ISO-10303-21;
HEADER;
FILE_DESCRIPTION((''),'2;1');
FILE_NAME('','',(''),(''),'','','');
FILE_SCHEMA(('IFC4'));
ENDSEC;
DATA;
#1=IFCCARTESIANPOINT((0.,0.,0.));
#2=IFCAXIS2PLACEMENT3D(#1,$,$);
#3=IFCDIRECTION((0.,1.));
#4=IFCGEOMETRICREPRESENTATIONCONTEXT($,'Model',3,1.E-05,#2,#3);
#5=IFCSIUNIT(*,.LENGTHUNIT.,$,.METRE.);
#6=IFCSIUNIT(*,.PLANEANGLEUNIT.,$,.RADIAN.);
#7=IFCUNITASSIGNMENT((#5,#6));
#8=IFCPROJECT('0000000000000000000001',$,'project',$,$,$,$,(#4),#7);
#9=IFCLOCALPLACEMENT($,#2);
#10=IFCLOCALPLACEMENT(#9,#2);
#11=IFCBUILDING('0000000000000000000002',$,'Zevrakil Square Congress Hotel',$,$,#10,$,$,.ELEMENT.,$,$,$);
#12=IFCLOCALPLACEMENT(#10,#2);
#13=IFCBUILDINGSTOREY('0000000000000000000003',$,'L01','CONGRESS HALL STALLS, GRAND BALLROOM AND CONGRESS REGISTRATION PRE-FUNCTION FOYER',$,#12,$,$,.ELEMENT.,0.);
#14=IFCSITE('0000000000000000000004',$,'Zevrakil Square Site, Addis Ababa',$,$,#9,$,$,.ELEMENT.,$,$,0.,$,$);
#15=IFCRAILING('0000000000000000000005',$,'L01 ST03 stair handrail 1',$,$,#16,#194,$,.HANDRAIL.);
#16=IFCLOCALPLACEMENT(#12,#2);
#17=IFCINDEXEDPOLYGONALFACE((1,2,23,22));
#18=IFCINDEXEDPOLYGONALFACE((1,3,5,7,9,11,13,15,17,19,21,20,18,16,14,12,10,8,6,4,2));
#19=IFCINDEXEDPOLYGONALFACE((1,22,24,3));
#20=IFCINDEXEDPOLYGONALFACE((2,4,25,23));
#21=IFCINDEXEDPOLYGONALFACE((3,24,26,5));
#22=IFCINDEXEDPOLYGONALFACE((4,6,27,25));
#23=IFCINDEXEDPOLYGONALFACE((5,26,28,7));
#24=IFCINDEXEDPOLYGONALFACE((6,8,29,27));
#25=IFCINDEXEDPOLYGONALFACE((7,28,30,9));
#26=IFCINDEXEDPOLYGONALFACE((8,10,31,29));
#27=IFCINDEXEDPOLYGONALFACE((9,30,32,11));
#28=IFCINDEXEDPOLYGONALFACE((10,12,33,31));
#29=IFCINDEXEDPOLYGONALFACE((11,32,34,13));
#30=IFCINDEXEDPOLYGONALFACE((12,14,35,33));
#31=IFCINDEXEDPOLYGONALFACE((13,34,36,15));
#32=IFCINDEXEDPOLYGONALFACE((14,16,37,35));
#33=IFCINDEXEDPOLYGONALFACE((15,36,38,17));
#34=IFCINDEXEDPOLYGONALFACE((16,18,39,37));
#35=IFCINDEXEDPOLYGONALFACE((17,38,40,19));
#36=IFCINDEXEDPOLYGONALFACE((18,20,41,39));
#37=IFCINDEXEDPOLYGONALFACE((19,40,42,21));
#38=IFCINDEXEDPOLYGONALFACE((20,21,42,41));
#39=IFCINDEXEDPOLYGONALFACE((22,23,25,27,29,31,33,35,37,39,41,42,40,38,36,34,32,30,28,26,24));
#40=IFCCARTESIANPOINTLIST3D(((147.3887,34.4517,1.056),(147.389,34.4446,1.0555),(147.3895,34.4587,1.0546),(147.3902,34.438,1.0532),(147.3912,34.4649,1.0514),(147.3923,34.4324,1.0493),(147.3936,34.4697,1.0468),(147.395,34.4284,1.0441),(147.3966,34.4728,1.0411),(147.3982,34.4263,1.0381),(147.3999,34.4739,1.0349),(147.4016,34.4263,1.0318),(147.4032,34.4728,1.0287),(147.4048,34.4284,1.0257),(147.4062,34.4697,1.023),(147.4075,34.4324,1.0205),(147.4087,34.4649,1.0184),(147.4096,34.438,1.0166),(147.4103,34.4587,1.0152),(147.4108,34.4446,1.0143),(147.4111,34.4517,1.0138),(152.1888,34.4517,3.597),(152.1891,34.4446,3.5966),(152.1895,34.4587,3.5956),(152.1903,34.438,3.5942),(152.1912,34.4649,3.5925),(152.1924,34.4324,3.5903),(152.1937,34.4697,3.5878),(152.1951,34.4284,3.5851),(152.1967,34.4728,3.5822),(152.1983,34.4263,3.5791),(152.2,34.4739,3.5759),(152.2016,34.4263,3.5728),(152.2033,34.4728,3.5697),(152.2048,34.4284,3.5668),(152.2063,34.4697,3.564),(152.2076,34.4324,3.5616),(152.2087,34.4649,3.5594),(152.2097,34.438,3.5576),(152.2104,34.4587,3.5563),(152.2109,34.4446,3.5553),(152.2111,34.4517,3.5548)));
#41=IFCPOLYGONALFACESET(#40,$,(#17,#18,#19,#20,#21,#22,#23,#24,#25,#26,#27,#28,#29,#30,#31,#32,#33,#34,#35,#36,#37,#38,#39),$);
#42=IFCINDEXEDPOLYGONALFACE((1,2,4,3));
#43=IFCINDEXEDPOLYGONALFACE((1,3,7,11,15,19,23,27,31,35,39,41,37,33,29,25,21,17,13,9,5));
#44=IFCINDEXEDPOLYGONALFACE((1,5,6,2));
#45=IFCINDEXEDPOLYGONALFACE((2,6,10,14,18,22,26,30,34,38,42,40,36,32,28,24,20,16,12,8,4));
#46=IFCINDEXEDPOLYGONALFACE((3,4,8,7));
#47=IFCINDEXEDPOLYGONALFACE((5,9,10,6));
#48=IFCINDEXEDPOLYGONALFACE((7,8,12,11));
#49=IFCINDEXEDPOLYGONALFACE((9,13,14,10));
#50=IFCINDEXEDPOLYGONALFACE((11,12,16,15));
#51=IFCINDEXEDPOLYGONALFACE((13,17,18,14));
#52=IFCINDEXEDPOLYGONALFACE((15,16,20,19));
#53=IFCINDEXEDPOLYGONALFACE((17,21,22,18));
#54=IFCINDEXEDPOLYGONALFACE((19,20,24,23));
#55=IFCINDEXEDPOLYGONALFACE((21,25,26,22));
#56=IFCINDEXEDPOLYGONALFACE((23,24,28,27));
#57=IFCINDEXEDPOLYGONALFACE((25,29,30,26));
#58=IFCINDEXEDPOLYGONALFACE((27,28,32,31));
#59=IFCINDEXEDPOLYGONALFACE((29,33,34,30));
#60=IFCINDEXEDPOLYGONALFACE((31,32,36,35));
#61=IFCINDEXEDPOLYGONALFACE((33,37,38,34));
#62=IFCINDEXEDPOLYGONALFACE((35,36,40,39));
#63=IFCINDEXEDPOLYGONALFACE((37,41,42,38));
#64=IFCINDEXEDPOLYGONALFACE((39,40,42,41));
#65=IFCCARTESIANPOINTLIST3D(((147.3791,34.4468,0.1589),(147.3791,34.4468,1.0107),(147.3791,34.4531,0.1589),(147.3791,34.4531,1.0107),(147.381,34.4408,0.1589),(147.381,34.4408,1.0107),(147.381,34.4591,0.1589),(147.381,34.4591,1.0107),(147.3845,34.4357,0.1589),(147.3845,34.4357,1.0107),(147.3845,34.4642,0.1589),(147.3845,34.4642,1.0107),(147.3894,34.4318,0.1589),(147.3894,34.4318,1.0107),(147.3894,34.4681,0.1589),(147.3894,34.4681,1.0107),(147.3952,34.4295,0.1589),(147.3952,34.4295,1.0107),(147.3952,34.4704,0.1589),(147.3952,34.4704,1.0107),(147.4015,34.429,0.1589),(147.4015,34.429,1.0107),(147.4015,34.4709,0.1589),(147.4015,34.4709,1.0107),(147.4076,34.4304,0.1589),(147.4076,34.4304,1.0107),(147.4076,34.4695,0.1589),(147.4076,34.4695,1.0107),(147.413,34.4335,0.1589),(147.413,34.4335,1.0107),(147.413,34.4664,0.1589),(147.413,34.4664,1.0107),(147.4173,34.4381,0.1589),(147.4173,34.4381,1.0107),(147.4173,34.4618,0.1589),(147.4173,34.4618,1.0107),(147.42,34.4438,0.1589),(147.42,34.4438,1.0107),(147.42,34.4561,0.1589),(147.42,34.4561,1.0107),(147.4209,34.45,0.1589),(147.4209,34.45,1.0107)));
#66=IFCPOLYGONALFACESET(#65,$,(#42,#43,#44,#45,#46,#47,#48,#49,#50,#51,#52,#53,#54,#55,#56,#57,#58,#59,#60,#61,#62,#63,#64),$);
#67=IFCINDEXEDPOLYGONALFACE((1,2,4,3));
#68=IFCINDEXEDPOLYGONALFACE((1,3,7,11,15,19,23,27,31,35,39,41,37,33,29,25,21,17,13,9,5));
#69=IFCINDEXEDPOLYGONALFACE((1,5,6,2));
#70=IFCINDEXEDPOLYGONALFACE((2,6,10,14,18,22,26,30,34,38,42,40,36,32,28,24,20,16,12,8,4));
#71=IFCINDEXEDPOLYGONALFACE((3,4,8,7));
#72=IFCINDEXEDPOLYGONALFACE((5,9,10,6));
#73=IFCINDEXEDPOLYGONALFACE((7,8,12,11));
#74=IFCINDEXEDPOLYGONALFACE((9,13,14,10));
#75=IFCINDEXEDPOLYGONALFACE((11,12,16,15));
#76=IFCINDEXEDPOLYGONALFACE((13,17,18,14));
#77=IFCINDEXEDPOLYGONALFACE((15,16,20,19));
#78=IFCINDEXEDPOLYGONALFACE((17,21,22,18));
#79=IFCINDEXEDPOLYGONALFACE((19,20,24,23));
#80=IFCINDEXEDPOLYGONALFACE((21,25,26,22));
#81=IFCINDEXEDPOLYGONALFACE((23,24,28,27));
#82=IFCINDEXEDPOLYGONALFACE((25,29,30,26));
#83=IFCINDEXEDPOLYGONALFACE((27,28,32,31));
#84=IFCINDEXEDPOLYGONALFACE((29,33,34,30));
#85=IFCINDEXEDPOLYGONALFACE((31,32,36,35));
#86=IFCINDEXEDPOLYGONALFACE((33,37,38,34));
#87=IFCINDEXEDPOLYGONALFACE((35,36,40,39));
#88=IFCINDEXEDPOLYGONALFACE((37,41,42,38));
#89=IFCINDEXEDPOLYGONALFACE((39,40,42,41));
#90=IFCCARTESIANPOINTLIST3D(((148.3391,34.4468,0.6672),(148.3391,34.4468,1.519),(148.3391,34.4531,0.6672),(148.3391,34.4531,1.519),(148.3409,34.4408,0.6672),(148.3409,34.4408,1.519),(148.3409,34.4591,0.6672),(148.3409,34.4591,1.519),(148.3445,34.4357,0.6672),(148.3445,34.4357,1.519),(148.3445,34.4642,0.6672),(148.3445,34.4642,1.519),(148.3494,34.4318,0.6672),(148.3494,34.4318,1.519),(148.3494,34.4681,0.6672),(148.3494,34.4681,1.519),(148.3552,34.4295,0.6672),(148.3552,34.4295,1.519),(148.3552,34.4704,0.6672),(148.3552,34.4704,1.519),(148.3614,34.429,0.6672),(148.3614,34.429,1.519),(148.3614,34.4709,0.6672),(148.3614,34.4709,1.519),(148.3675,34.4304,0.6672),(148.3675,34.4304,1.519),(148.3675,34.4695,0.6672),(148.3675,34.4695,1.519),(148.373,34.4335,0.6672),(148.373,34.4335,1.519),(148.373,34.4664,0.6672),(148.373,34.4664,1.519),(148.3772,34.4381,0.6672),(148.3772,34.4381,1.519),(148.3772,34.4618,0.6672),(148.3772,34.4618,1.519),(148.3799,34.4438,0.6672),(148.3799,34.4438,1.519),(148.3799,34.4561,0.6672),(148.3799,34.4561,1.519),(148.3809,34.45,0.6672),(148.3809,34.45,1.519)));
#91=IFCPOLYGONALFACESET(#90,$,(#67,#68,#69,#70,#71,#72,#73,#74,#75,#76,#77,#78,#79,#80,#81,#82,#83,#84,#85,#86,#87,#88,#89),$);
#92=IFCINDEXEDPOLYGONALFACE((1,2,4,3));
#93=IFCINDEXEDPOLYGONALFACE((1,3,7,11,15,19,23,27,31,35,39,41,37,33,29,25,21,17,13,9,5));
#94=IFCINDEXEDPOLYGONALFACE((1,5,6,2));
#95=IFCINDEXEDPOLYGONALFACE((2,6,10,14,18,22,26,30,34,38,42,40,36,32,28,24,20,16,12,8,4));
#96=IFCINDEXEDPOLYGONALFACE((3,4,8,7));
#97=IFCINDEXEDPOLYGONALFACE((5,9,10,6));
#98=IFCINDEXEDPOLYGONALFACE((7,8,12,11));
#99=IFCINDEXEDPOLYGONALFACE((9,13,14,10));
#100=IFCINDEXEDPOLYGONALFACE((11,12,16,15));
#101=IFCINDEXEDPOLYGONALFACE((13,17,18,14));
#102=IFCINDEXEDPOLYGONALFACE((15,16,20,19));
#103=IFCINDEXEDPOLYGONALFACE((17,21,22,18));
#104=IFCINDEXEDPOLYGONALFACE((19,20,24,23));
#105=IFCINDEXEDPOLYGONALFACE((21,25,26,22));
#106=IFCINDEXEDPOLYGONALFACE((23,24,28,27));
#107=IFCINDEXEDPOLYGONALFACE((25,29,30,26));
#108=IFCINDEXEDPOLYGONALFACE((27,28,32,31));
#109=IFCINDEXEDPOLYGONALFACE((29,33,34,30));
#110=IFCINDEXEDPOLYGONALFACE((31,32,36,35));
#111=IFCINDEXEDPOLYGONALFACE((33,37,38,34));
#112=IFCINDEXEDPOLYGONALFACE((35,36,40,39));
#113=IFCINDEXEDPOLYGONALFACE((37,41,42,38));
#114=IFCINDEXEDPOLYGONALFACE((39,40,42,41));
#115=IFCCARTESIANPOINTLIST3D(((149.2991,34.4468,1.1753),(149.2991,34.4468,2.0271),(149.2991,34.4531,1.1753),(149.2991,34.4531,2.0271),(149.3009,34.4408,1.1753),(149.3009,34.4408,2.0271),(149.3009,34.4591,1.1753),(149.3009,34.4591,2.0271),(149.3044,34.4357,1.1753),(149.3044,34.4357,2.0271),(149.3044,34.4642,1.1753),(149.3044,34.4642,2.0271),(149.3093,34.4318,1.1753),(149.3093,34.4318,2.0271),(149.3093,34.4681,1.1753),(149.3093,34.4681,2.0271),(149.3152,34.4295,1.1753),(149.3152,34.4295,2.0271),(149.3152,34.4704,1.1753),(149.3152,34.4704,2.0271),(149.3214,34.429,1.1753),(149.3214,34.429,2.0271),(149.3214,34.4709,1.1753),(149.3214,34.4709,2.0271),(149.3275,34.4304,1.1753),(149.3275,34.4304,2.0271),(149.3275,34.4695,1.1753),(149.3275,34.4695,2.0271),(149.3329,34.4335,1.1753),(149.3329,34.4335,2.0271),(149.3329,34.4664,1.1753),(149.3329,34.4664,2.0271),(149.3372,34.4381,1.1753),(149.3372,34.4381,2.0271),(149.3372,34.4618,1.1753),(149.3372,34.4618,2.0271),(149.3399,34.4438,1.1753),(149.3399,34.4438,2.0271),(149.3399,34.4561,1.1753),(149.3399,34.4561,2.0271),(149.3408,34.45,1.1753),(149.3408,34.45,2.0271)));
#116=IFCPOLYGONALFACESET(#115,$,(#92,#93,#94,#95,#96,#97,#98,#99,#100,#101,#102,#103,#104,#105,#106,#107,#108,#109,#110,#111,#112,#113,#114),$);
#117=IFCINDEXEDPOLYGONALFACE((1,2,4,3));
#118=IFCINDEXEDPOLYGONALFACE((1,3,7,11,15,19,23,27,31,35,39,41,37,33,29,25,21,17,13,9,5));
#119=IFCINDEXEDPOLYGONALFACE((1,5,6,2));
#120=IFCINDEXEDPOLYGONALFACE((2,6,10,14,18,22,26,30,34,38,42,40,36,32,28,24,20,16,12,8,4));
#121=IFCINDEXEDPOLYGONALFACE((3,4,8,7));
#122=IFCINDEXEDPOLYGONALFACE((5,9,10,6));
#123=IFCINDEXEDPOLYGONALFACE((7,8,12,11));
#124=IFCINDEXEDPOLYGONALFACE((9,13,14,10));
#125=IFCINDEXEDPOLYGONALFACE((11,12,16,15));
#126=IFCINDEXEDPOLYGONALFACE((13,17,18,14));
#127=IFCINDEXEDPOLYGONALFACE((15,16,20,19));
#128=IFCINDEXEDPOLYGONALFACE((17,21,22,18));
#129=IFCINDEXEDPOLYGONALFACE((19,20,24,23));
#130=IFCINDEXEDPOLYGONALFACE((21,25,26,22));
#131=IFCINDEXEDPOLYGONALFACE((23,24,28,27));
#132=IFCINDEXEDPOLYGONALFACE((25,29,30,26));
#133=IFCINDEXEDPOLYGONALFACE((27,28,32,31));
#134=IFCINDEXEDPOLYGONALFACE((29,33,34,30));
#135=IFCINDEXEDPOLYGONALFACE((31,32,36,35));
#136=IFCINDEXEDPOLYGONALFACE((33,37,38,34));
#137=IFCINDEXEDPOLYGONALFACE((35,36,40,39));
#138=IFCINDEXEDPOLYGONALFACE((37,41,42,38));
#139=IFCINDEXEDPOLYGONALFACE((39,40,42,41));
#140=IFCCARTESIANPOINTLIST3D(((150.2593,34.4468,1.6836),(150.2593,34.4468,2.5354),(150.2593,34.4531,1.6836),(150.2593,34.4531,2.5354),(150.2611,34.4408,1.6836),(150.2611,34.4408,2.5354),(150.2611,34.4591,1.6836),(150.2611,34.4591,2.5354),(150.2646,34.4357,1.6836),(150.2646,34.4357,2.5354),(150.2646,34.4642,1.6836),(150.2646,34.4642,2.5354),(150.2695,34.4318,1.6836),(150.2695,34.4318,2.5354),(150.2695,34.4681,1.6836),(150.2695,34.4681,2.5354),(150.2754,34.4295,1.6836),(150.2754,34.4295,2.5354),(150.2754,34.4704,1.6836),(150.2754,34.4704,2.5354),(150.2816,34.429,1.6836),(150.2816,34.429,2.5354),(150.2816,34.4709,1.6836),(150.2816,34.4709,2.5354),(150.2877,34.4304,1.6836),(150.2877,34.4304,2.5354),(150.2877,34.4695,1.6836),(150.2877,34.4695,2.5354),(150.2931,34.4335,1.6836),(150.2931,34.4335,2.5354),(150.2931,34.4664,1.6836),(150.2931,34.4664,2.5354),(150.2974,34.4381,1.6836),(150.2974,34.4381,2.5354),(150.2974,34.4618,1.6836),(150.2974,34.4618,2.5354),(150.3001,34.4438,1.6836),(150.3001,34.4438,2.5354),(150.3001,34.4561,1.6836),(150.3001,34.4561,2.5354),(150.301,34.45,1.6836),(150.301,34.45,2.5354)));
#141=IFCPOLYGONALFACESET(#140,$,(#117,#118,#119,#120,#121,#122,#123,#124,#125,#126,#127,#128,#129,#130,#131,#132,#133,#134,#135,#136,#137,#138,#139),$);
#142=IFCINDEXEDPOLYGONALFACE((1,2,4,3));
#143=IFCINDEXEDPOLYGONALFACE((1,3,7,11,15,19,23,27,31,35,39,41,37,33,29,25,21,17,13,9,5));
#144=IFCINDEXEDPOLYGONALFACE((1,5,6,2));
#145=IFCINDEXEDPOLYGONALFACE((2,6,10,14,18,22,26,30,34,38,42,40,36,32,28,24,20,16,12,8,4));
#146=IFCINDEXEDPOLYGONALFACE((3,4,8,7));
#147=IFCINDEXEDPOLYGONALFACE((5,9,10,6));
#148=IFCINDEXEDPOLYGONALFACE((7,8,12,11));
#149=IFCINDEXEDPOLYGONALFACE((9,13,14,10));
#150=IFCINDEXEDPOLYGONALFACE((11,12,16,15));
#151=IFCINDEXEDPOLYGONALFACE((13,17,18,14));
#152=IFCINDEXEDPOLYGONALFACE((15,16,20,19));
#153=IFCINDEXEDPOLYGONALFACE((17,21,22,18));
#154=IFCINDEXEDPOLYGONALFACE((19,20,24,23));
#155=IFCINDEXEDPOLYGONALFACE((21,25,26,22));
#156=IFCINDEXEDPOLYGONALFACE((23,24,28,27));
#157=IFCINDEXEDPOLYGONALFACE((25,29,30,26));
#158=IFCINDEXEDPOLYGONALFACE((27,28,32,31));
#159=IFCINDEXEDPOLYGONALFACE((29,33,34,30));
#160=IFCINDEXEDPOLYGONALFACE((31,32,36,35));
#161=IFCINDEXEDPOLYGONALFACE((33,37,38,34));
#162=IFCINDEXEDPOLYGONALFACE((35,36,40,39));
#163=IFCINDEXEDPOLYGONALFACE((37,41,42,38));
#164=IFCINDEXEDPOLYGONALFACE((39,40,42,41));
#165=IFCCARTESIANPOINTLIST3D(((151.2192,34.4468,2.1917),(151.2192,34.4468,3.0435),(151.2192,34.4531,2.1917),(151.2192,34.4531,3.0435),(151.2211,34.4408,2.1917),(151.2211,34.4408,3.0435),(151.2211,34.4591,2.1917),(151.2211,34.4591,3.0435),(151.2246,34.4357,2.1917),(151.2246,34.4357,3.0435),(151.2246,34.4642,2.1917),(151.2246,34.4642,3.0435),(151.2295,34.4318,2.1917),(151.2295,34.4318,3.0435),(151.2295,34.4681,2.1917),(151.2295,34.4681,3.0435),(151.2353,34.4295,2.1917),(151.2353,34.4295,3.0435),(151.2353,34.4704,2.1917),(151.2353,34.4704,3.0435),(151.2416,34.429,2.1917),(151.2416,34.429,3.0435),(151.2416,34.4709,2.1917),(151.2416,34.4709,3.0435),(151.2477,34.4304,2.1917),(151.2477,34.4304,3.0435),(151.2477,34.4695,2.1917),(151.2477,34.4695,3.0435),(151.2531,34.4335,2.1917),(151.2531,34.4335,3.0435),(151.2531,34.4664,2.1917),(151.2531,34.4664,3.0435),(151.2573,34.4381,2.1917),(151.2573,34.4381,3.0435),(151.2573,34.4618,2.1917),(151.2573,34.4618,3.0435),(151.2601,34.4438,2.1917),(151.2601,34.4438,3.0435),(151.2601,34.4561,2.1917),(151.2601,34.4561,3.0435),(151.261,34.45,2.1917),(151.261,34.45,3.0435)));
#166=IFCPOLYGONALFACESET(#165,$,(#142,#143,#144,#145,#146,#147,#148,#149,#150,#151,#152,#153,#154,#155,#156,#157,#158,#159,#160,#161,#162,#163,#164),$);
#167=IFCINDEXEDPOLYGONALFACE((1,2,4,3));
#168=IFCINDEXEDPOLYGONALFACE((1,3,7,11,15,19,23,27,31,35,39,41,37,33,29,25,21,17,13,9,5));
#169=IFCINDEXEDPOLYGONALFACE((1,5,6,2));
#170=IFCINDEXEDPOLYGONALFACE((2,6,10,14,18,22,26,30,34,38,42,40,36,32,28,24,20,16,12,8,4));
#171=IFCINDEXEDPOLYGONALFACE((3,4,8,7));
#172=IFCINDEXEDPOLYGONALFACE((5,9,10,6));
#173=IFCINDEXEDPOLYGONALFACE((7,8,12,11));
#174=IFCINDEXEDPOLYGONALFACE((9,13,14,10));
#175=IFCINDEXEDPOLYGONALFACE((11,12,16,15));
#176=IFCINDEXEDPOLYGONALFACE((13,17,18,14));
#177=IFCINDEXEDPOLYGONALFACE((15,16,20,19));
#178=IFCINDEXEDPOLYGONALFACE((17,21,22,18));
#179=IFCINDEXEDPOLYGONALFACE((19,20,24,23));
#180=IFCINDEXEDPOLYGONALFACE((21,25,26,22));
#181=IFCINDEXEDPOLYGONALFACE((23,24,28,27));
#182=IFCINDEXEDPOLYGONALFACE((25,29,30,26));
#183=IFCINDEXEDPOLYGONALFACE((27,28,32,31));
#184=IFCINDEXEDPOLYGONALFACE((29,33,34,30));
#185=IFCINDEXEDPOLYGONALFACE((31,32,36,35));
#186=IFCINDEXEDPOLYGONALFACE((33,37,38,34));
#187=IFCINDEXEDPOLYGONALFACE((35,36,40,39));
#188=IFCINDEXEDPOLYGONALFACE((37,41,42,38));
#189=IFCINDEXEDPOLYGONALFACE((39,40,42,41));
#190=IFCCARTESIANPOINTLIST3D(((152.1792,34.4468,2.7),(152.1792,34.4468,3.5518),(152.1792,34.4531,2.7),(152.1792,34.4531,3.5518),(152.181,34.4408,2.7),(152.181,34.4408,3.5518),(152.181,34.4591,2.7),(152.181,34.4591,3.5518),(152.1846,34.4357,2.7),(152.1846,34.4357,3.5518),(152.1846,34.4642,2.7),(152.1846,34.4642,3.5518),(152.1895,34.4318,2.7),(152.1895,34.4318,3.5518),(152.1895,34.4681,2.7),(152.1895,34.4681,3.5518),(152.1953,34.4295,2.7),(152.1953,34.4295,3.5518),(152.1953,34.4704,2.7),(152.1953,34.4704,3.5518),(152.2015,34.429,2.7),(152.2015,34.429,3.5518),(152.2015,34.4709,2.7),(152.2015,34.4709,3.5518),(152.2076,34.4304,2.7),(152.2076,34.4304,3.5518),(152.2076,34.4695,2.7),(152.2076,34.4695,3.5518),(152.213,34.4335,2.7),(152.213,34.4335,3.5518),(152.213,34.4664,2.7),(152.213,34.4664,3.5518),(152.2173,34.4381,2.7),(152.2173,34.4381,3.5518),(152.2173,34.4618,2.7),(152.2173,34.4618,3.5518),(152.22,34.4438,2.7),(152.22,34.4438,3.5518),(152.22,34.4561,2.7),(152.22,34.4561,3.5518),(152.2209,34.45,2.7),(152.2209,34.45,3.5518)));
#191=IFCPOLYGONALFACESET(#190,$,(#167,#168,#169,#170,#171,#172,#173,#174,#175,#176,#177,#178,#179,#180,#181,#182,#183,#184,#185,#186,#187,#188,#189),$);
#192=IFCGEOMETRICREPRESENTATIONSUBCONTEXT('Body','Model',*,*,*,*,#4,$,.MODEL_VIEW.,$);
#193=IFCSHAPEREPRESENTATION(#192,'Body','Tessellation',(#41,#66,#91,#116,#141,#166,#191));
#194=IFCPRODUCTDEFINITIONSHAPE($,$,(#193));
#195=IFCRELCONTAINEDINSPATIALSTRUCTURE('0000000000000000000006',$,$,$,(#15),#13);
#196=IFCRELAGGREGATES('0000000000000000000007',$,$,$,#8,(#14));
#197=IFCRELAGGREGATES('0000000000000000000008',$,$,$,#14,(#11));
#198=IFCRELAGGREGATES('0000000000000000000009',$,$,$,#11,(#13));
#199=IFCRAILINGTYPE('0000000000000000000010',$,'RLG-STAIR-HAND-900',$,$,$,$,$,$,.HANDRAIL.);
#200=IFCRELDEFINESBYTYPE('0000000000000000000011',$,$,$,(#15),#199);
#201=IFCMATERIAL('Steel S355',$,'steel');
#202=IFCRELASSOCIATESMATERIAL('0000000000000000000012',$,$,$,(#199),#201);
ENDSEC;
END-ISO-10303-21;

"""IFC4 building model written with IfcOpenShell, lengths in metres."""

from ifc_helpers import new_model, si_unit, direction, frame, origin, origin_2d, place, context, subcontext, project, spatial, circle, extrude, material, type_object, element, save


model = new_model("IFC4")

# Units and contexts
model_context = context("Model", 3, precision=1e-05, world=origin(), true_north=direction((0.0, 1.0)))
body_context = subcontext(model_context, "Body", "Model", "MODEL_VIEW")
ifc_project = project(units=[si_unit("LENGTHUNIT", "METRE"), si_unit("PLANEANGLEUNIT", "RADIAN")], contexts=[model_context])

# Site, building, storey
site_placement = place(None, origin())
site = spatial("IfcSite", under=ifc_project, at=site_placement, Name="Zevrakil Square Site, Addis Ababa", CompositionType="ELEMENT", RefElevation=0.0)
building_placement = place(site_placement, origin())
building = spatial("IfcBuilding", under=site, at=building_placement, Name="Zevrakil Square Congress Hotel", CompositionType="ELEMENT")
storey_placement = place(building_placement, origin())
storey = spatial("IfcBuildingStorey", under=building, at=storey_placement, Name="L01", Description="CONGRESS HALL STALLS, GRAND BALLROOM AND CONGRESS REGISTRATION PRE-FUNCTION FOYER", CompositionType="ELEMENT", Elevation=0.0)

# Railing
ifc_material_1 = material(Name="Steel S355", Category="steel")
railing_type_1 = type_object("IfcRailingType", Name="RLG-STAIR-HAND-900", PredefinedType="HANDRAIL", material=ifc_material_1)
railing_1_placement = place(storey_placement, frame((147.3999, 34.45, 0.1589)))
element("IfcRailing", 1, at=railing_1_placement, inside=storey, type_object=railing_type_1, Name="L01 ST03 stair handrail 1", PredefinedType="HANDRAIL", context=body_context, shape_type="SweptSolid", body=[
    extrude(circle(Radius=0.0239, at=origin_2d()), frame((0.0, 0.0, 0.876), z_axis=(0.883802, 0.0, 0.467861), x_axis=(0.0, 1.0, 0.0)), (0.0, 0.0, 1.0), 5.4312),
    extrude(circle(Radius=0.021, at=origin_2d()), origin(), (0.0, 0.0, 1.0), 0.8518),
    extrude(circle(Radius=0.021, at=origin_2d()), frame((0.96, 0.0, 0.5083)), (0.0, 0.0, 1.0), 0.8518),
    extrude(circle(Radius=0.021, at=origin_2d()), frame((1.9199, 0.0, 1.0164)), (0.0, 0.0, 1.0), 0.8518),
    extrude(circle(Radius=0.021, at=origin_2d()), frame((2.8801, 0.0, 1.5247)), (0.0, 0.0, 1.0), 0.8518),
    extrude(circle(Radius=0.021, at=origin_2d()), frame((3.8401, 0.0, 2.0327)), (0.0, 0.0, 1.0), 0.8518),
    extrude(circle(Radius=0.021, at=origin_2d()), frame((4.8, 0.0, 2.541)), (0.0, 0.0, 1.0), 0.8518),
])

save(model, "model.ifc")
